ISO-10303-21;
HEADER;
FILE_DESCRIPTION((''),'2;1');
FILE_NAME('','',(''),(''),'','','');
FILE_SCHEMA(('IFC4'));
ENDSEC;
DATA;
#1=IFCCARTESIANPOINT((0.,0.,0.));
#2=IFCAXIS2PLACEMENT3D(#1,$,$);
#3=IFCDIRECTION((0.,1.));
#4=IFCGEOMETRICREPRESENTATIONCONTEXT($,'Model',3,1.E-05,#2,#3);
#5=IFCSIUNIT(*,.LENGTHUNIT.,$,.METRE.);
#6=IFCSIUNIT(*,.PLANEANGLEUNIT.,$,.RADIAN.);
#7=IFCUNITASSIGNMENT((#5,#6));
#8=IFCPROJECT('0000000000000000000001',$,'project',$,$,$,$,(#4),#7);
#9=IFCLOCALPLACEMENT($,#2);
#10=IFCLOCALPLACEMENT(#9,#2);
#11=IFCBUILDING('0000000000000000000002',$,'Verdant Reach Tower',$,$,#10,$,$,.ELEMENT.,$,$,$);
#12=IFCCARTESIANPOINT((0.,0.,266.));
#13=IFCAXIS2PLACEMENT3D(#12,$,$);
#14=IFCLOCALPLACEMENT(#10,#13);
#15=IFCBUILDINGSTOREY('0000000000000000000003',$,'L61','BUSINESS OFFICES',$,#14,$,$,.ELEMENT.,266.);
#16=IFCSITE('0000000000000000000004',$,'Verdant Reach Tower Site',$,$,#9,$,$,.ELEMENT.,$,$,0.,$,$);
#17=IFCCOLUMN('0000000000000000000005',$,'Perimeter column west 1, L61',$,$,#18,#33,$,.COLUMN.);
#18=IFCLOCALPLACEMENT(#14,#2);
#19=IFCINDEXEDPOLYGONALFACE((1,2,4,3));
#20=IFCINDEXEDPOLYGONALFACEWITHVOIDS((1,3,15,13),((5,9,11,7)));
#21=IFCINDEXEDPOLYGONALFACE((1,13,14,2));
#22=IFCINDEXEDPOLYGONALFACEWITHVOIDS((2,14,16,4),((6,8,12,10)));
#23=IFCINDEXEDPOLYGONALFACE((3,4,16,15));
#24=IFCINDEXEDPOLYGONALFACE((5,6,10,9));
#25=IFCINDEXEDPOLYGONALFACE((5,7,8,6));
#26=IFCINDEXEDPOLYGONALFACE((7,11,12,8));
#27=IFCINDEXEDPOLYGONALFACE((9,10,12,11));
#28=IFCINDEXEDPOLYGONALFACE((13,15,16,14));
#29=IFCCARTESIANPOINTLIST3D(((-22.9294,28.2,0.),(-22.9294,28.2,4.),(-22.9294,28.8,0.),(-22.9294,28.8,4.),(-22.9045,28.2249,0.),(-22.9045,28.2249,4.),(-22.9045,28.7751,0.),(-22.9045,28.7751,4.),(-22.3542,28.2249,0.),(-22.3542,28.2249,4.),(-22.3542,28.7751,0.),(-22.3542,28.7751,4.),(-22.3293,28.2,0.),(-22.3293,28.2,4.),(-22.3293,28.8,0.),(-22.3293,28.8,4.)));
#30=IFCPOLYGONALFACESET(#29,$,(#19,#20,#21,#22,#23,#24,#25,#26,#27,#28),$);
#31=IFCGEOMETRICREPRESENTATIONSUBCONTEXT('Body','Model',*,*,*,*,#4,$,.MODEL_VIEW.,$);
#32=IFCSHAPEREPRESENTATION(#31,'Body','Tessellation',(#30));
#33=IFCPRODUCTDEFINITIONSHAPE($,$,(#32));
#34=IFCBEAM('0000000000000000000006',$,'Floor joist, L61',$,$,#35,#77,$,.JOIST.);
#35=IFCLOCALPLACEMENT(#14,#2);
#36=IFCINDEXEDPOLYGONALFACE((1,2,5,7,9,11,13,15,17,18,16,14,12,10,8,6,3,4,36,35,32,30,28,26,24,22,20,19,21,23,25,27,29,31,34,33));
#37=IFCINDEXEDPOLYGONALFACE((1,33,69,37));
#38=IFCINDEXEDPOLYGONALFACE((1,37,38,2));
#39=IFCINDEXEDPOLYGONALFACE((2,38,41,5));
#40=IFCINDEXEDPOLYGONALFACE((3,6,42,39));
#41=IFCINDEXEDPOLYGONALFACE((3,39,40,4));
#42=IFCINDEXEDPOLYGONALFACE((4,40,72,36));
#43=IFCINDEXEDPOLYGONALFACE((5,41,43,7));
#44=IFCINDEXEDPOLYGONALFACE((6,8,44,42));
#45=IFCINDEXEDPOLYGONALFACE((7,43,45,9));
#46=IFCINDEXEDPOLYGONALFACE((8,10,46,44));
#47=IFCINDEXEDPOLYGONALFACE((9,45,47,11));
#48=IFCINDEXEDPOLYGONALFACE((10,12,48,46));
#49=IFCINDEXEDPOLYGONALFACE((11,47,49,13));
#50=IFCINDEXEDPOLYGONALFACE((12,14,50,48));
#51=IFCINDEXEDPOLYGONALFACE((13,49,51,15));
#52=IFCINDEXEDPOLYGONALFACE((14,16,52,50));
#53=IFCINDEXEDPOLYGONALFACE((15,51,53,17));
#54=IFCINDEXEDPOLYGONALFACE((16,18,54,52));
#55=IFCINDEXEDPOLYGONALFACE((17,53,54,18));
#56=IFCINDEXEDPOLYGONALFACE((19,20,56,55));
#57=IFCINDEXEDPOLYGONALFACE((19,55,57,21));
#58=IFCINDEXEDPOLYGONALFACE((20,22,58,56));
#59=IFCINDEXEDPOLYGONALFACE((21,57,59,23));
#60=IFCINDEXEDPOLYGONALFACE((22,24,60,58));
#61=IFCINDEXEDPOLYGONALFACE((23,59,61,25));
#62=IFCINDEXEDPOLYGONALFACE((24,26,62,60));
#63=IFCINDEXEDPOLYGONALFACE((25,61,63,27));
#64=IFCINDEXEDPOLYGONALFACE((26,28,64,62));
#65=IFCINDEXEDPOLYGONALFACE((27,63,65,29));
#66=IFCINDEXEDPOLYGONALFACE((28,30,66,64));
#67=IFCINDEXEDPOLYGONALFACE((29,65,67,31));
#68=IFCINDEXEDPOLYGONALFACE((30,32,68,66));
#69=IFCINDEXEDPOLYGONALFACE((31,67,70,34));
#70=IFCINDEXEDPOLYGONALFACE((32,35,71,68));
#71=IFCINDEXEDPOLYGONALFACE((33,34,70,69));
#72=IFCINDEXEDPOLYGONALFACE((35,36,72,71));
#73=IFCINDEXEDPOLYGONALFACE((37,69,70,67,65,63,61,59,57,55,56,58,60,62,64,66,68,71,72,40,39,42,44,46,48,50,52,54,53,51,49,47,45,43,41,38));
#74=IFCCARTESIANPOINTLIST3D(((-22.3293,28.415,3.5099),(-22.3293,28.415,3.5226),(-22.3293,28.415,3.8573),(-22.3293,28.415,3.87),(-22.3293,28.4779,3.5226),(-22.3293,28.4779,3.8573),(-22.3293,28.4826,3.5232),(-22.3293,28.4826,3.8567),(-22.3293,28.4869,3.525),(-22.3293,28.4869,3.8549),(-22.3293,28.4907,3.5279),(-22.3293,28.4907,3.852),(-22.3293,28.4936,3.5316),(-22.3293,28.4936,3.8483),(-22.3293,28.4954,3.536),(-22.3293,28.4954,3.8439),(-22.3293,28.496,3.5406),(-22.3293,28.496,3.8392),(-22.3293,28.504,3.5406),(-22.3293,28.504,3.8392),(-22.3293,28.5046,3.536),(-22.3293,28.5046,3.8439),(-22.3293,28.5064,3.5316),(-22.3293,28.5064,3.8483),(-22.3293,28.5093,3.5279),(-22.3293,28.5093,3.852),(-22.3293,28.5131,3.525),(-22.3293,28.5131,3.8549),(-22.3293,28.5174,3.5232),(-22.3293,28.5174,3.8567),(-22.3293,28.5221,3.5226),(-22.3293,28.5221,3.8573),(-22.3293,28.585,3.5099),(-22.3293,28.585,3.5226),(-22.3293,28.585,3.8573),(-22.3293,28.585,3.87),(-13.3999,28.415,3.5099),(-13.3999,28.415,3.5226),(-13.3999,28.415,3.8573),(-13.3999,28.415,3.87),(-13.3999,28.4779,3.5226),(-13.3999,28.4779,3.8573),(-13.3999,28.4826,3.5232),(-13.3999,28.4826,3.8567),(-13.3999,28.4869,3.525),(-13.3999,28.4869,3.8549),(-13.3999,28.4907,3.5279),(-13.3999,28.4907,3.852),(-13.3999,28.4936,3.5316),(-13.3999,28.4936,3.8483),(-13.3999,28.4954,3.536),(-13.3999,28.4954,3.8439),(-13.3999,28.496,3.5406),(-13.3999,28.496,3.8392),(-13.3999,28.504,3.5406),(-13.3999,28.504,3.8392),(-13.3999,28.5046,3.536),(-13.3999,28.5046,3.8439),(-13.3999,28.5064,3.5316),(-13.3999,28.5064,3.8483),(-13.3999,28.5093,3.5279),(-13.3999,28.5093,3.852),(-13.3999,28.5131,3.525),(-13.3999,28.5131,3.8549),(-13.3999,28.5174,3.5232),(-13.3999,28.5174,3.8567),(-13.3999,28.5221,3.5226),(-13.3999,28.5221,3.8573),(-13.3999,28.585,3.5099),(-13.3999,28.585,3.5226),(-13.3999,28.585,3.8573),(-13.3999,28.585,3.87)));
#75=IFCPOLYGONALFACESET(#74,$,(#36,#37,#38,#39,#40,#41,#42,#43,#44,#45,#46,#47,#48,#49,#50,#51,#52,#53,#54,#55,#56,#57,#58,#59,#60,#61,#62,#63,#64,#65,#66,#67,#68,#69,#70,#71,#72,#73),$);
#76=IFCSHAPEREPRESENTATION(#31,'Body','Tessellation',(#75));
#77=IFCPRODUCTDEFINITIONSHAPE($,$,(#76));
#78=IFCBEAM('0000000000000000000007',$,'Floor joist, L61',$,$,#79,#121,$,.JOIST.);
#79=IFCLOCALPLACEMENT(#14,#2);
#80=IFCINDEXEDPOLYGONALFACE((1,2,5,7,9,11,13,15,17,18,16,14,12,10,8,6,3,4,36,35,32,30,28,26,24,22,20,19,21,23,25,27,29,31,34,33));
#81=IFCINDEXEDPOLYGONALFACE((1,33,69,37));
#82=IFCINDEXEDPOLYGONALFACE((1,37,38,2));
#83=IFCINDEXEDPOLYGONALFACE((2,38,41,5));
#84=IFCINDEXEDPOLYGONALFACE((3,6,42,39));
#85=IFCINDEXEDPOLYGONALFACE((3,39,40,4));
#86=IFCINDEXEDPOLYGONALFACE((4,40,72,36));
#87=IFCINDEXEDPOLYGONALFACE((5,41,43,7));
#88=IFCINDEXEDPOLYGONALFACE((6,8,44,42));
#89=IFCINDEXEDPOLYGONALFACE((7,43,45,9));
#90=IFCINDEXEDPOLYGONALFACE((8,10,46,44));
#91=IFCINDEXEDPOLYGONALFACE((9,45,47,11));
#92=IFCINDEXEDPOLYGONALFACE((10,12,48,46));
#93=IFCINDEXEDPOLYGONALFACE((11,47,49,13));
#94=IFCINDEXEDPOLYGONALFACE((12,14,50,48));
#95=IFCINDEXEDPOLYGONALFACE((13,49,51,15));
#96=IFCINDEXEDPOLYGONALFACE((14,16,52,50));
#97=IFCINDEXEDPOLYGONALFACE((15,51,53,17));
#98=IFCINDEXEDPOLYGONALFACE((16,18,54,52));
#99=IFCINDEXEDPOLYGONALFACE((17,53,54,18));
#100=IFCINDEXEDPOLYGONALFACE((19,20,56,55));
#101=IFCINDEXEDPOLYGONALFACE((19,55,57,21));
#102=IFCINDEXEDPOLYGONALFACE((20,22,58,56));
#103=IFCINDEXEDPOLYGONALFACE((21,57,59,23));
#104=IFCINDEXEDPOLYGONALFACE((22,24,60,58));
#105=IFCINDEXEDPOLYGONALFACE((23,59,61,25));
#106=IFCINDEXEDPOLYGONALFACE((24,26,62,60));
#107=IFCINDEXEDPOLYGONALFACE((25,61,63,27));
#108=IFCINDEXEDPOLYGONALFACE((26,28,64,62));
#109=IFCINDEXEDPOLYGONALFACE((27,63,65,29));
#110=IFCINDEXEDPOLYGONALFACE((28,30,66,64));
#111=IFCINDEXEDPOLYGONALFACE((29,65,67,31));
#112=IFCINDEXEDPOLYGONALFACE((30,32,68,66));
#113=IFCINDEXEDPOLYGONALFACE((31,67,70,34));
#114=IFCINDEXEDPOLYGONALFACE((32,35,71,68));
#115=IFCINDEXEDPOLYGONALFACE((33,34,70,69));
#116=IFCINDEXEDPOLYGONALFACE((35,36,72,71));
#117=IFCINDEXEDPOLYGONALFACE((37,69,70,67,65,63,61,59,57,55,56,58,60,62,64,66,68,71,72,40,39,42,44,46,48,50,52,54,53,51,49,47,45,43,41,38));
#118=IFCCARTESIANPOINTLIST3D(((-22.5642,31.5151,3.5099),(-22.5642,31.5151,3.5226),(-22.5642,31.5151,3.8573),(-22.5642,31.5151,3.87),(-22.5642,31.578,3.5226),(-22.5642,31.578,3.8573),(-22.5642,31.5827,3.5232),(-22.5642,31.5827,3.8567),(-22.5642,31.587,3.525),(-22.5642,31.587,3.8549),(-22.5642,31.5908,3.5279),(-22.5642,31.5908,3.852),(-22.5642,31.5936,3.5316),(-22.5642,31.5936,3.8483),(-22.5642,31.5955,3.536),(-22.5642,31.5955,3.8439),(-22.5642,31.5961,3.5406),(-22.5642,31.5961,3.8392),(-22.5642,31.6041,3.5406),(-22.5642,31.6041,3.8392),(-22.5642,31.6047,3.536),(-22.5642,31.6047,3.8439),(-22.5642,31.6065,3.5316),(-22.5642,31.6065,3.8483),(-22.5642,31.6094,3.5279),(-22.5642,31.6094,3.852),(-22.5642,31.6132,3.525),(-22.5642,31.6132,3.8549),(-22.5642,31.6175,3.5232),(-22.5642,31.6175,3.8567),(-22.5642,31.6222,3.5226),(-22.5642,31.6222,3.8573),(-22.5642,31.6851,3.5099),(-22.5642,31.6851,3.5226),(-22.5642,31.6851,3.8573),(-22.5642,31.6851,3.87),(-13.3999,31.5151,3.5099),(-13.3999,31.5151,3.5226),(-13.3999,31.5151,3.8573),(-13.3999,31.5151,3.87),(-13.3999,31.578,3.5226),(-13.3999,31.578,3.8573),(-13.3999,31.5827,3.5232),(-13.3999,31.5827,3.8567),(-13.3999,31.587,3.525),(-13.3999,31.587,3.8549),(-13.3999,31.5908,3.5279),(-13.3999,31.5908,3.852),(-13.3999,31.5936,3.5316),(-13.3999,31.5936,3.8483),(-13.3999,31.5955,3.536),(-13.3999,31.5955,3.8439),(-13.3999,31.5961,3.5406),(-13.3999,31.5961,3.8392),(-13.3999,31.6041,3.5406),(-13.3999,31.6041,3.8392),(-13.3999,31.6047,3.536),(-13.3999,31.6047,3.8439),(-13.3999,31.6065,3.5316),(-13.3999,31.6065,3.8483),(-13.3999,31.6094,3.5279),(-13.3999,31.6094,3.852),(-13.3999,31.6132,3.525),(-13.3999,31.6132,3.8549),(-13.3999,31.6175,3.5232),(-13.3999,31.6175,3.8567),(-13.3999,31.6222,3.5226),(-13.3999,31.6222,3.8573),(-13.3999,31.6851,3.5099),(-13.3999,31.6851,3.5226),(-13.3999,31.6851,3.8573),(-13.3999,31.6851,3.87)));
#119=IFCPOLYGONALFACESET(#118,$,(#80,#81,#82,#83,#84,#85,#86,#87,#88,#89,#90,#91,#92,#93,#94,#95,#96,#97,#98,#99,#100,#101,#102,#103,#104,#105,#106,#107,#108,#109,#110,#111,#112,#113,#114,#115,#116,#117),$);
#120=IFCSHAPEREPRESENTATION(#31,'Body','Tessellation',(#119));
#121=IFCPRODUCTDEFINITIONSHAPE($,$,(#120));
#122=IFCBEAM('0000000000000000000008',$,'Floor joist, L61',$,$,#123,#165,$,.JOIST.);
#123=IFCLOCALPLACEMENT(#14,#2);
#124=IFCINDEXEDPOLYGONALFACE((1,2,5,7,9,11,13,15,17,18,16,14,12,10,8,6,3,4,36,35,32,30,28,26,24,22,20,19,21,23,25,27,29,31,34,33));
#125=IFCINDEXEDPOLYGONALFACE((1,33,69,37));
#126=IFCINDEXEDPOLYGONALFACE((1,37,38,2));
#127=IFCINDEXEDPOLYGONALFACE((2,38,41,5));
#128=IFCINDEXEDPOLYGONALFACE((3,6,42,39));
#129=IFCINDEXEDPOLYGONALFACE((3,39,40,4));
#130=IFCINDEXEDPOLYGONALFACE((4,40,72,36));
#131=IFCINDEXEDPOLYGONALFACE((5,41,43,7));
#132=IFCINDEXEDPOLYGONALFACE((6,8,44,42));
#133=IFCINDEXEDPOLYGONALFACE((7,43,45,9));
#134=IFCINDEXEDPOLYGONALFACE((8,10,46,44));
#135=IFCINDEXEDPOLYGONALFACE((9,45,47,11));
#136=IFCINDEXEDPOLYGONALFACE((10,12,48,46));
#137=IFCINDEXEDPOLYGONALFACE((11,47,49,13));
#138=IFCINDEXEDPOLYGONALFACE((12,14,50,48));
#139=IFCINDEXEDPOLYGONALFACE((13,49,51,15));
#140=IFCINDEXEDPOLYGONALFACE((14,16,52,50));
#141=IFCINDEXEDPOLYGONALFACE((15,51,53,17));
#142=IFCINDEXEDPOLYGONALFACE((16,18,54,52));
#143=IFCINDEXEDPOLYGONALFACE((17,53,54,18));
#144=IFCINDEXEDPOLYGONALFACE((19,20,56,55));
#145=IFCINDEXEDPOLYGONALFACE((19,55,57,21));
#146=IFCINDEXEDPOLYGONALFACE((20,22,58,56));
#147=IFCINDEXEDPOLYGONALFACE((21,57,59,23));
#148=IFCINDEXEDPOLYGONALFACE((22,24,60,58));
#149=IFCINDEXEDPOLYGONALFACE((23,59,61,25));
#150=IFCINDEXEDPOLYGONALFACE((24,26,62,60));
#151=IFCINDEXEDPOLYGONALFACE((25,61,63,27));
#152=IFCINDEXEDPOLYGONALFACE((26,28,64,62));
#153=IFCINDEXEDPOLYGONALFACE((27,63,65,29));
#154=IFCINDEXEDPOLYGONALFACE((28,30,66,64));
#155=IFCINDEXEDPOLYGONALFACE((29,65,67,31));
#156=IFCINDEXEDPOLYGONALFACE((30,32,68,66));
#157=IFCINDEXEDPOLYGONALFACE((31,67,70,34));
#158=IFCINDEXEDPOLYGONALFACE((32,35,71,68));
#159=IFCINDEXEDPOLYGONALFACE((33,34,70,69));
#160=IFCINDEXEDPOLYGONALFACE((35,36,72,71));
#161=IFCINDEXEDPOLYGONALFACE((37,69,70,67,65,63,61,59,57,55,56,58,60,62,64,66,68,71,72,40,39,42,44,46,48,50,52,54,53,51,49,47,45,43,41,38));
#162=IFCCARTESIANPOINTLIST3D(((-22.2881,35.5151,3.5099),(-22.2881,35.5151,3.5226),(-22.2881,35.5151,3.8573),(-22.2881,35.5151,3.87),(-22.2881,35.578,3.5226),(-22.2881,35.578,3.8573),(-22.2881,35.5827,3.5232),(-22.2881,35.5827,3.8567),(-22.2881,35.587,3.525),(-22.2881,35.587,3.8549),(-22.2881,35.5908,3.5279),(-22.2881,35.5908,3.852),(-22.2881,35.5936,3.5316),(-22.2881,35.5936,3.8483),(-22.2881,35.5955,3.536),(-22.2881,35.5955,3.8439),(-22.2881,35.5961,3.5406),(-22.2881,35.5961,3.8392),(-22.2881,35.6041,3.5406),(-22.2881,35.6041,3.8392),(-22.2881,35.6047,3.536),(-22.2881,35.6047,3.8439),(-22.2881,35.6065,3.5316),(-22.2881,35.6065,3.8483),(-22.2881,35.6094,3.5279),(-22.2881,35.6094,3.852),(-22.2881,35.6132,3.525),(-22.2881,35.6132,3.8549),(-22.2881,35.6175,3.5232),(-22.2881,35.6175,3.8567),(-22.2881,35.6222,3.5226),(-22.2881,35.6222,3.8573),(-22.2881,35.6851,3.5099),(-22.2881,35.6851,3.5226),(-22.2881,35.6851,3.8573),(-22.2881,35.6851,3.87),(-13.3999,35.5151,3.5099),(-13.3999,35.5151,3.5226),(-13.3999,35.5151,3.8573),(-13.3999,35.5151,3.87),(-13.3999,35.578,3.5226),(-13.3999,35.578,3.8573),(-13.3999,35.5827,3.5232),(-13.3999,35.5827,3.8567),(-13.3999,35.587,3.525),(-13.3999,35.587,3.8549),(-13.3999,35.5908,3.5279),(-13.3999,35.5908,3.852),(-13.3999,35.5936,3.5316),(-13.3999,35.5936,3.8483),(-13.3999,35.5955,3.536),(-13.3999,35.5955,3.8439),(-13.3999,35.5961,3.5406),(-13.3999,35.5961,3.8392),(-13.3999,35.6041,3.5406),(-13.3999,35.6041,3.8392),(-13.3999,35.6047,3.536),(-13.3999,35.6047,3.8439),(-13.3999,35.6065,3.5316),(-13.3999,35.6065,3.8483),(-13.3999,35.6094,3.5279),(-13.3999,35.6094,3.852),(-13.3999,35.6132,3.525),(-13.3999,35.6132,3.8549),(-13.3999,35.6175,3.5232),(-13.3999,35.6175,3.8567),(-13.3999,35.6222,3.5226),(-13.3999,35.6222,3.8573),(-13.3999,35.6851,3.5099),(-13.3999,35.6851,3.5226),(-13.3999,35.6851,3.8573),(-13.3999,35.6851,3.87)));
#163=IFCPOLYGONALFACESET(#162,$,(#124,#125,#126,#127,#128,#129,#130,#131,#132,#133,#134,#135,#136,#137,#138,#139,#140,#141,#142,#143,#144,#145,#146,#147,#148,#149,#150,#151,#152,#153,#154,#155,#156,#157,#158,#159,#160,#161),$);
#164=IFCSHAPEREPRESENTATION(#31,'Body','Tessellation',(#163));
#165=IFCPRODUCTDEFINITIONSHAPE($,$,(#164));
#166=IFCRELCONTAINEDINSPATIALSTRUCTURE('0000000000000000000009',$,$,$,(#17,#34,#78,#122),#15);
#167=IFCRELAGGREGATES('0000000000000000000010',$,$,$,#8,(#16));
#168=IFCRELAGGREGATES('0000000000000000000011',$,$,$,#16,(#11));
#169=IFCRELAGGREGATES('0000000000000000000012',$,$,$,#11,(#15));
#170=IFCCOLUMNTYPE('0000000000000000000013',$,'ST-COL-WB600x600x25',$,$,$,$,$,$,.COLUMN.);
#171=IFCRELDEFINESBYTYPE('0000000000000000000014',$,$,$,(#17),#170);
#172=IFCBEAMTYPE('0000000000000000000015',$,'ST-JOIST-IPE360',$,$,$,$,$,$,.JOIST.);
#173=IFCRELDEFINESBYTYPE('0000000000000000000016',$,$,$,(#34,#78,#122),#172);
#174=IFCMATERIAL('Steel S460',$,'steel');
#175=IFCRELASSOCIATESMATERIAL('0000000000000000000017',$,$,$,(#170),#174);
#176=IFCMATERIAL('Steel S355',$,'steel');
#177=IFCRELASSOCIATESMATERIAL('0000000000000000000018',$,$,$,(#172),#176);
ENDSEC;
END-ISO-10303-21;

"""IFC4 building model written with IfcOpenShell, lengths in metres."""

from ifc_helpers import new_model, si_unit, direction, frame, origin, origin_2d, place, context, subcontext, project, spatial, hollow_rectangle, i_section, extrude, material, material_profile, profile_set, type_object, element, save


model = new_model("IFC4")

# Units and contexts
model_context = context("Model", 3, precision=1e-05, world=origin(), true_north=direction((0.0, 1.0)))
body_context = subcontext(model_context, "Body", "Model", "MODEL_VIEW")
ifc_project = project(units=[si_unit("LENGTHUNIT", "METRE"), si_unit("PLANEANGLEUNIT", "RADIAN")], contexts=[model_context])

# Site, building, storey
site_placement = place(None, origin())
site = spatial("IfcSite", under=ifc_project, at=site_placement, Name="Verdant Reach Tower Site", CompositionType="ELEMENT", RefElevation=0.0)
building_placement = place(site_placement, origin())
building = spatial("IfcBuilding", under=site, at=building_placement, Name="Verdant Reach Tower", CompositionType="ELEMENT")
storey_placement = place(building_placement, frame((0.0, 0.0, 266.0)))
storey = spatial("IfcBuildingStorey", under=building, at=storey_placement, Name="L61", Description="BUSINESS OFFICES", CompositionType="ELEMENT", Elevation=266.0)

# Column
ifc_material_1 = material(Name="Steel S460", Category="steel")
ifc_material_profile_1 = material_profile(ifc_material_1, hollow_rectangle(XDim=0.6001, YDim=0.6001, WallThickness=0.0249, at=origin_2d()), Name="WB 600x600x25")
ifc_profile_set_1 = profile_set([ifc_material_profile_1], Name="Steel S460")
column_type = type_object("IfcColumnType", Name="ST-COL-WB600x600x25", PredefinedType="COLUMN", material=ifc_profile_set_1)
column_placement = place(storey_placement, frame((-22.6294, 28.5, 0.0), z_axis=(0.0, 0.0, 1.0), x_axis=(1.0, 0.0, 0.0)))
element("IfcColumn", 1, at=column_placement, inside=storey, type_object=column_type, Name="Perimeter column west 1, L61", PredefinedType="COLUMN", context=body_context, shape_type="SweptSolid", body=[
    extrude(hollow_rectangle(XDim=0.6001, YDim=0.6001, WallThickness=0.0249, at=origin_2d()), origin(), (0.0, 0.0, 1.0), 4.0),
])

# Beams
ifc_material_2 = material(Name="Steel S355", Category="steel")
ifc_material_profile_2 = material_profile(ifc_material_2, i_section(OverallWidth=0.1699, OverallDepth=0.3601, WebThickness=0.0081, FlangeThickness=0.0127, FilletRadius=0.0181, at=origin_2d()), Name="IPE 360")
ifc_profile_set_2 = profile_set([ifc_material_profile_2], Name="Steel S355")
beam_type_1 = type_object("IfcBeamType", Name="ST-JOIST-IPE360", PredefinedType="JOIST", material=ifc_profile_set_2)
beam_1_placement = place(storey_placement, frame((-13.3999, 28.5, 3.6899), z_axis=(-1.0, 0.0, 0.0), x_axis=(0.0, -1.0, 0.0)))
element("IfcBeam", 2, at=beam_1_placement, inside=storey, type_object=beam_type_1, Name="Floor joist, L61", PredefinedType="JOIST", context=body_context, shape_type="SweptSolid", body=[
    extrude(i_section(OverallWidth=0.1699, OverallDepth=0.3601, WebThickness=0.0081, FlangeThickness=0.0127, FilletRadius=0.0181, at=origin_2d()), origin(), (0.0, 0.0, 1.0), 8.9294),
])
beam_2_placement = place(storey_placement, frame((-13.3999, 31.6001, 3.6899), z_axis=(-1.0, 0.0, 0.0), x_axis=(0.0, -1.0, 0.0)))
element("IfcBeam", 3, at=beam_2_placement, inside=storey, type_object=beam_type_1, Name="Floor joist, L61", PredefinedType="JOIST", context=body_context, shape_type="SweptSolid", body=[
    extrude(i_section(OverallWidth=0.1699, OverallDepth=0.3601, WebThickness=0.0081, FlangeThickness=0.0127, FilletRadius=0.0181, at=origin_2d()), origin(), (0.0, 0.0, 1.0), 9.1643),
])
beam_3_placement = place(storey_placement, frame((-13.3999, 35.6001, 3.6899), z_axis=(-1.0, 0.0, 0.0), x_axis=(0.0, -1.0, 0.0)))
element("IfcBeam", 4, at=beam_3_placement, inside=storey, type_object=beam_type_1, Name="Floor joist, L61", PredefinedType="JOIST", context=body_context, shape_type="SweptSolid", body=[
    extrude(i_section(OverallWidth=0.1699, OverallDepth=0.3601, WebThickness=0.0081, FlangeThickness=0.0127, FilletRadius=0.0181, at=origin_2d()), origin(), (0.0, 0.0, 1.0), 8.8882),
])

save(model, "model.ifc")
